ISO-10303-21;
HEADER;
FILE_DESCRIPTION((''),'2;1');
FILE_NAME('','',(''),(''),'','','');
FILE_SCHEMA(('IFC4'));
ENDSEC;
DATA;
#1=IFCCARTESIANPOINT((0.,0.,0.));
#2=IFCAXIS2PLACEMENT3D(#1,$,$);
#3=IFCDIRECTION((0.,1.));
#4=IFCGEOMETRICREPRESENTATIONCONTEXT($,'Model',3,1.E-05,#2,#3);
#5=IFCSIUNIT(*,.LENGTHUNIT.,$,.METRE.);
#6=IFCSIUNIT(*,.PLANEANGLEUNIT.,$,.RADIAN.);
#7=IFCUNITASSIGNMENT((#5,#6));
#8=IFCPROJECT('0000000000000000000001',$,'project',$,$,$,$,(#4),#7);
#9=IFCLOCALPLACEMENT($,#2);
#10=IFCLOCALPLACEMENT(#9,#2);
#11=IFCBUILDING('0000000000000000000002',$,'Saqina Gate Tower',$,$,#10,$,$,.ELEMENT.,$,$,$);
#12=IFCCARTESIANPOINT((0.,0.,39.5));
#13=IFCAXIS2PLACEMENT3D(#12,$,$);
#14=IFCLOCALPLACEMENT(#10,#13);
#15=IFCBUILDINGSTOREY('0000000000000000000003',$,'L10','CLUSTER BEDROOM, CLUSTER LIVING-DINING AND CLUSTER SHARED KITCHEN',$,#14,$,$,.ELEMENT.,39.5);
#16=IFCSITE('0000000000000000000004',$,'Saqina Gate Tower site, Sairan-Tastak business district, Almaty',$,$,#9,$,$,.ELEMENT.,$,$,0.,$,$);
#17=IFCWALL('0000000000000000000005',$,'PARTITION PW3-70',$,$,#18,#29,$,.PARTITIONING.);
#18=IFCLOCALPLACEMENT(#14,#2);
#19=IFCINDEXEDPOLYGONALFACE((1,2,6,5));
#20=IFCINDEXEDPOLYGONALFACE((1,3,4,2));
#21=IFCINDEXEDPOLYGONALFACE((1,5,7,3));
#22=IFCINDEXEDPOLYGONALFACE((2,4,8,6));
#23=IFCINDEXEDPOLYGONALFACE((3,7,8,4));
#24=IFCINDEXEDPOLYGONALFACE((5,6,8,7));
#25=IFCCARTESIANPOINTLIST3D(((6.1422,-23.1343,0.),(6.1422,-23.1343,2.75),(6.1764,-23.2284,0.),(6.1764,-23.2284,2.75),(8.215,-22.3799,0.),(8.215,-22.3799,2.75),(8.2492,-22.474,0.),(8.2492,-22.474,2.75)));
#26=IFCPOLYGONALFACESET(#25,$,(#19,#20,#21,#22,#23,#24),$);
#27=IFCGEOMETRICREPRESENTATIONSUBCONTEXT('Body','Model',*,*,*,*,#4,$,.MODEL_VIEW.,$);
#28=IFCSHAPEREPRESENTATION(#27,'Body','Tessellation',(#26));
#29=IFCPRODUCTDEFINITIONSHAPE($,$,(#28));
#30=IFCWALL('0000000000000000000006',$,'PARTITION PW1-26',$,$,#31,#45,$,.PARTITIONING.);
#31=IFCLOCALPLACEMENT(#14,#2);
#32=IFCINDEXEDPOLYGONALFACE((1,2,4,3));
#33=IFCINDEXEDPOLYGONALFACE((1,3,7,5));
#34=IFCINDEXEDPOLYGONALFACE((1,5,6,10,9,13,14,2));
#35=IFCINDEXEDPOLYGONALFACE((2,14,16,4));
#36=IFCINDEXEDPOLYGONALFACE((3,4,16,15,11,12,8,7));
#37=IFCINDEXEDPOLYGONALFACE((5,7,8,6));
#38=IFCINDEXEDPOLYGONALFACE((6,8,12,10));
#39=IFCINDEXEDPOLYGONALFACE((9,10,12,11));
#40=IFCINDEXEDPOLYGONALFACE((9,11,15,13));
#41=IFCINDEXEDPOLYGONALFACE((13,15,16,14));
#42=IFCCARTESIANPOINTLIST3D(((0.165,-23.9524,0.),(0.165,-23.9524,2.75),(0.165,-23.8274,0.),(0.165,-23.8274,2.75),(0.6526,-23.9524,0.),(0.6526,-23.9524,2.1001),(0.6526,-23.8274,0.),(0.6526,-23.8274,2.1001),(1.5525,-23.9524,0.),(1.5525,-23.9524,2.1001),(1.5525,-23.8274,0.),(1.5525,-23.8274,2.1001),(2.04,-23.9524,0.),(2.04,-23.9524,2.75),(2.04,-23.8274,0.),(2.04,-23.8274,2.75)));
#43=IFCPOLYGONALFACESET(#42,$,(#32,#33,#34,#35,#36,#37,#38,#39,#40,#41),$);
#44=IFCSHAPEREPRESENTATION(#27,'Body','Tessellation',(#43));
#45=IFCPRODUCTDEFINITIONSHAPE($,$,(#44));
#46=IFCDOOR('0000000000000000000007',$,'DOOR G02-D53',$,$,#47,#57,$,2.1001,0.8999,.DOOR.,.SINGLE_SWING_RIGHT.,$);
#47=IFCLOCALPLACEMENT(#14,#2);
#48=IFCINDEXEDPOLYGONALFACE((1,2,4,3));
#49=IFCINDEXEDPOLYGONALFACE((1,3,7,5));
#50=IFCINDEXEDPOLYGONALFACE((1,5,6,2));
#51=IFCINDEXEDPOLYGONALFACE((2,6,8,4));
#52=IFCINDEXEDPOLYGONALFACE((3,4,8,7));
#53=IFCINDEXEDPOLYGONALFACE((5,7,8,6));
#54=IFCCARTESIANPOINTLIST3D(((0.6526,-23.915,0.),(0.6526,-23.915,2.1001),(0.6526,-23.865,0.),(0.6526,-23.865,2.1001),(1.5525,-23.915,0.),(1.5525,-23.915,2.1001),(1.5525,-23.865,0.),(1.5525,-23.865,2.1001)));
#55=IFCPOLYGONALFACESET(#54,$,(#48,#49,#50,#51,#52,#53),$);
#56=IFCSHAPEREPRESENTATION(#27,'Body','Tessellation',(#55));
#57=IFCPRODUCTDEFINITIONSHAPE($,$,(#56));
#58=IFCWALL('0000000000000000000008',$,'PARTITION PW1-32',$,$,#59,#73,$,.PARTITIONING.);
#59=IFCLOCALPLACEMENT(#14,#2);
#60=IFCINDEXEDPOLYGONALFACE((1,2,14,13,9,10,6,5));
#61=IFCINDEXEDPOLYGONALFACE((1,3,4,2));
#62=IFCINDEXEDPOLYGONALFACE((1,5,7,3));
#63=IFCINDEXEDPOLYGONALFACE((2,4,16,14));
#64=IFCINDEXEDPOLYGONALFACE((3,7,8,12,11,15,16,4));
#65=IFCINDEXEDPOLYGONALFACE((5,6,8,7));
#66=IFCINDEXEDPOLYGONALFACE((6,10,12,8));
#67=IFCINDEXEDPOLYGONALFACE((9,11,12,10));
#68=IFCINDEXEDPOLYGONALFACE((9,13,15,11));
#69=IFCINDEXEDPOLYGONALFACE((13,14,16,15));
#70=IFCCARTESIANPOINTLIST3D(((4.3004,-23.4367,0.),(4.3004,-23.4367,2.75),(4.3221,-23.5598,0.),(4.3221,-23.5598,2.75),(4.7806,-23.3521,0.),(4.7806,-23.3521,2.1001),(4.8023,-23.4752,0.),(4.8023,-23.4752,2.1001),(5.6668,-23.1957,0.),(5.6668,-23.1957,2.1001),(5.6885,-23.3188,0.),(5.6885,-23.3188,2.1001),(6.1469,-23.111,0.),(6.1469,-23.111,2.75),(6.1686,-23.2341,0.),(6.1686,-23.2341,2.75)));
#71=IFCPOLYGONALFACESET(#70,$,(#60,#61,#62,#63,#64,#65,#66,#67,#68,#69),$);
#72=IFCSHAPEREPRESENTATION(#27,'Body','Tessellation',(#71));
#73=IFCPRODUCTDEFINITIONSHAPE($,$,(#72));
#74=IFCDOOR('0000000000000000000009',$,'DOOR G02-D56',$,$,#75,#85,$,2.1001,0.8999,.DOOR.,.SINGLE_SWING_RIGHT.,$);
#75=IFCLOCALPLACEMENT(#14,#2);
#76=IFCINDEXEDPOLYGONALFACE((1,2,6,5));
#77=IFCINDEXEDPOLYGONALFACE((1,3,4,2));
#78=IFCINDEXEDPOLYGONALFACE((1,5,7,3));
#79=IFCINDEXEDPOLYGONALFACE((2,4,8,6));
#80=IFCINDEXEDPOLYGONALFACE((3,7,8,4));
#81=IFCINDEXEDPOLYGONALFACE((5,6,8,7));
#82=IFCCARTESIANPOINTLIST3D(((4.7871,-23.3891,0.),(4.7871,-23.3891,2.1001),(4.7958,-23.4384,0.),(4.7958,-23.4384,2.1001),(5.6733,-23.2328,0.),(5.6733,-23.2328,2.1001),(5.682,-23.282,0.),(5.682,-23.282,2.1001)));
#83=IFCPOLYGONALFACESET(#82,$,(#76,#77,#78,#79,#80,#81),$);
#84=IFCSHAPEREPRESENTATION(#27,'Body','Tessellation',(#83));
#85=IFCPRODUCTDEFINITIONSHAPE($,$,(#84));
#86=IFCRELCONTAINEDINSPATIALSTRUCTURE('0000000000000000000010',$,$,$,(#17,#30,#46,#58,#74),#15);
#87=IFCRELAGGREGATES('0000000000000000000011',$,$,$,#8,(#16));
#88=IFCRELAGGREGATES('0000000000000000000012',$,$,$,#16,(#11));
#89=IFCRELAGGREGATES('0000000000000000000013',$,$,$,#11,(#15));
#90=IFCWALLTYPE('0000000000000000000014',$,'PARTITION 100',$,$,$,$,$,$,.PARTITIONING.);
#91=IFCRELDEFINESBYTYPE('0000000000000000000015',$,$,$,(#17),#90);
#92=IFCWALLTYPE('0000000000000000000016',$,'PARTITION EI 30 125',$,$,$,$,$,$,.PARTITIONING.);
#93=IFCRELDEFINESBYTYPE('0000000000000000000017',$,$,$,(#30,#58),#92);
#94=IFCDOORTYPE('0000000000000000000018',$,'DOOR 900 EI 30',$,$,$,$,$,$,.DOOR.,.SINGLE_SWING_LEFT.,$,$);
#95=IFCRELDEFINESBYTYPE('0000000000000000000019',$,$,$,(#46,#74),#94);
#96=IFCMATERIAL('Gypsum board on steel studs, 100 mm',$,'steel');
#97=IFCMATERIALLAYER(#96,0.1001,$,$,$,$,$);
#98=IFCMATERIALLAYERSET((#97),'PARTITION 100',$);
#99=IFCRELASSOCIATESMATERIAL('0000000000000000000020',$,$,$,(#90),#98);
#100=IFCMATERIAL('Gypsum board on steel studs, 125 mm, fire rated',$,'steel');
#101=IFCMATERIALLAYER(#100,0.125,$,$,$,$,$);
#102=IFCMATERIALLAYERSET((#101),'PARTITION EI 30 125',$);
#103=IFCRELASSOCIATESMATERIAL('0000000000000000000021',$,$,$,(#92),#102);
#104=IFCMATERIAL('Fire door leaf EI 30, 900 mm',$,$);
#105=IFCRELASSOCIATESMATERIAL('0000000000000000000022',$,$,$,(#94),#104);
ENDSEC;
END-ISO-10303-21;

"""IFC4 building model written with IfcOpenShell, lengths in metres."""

from ifc_helpers import new_model, si_unit, direction, frame, frame_2d, origin, place, context, subcontext, project, spatial, rectangle, extrude, material, layer, layer_set, type_object, element, fill, save


model = new_model("IFC4")

# Units and contexts
model_context = context("Model", 3, precision=1e-05, world=origin(), true_north=direction((0.0, 1.0)))
body_context = subcontext(model_context, "Body", "Model", "MODEL_VIEW")
ifc_project = project(units=[si_unit("LENGTHUNIT", "METRE"), si_unit("PLANEANGLEUNIT", "RADIAN")], contexts=[model_context])

# Site, building, storey
site_placement = place(None, origin())
site = spatial("IfcSite", under=ifc_project, at=site_placement, Name="Saqina Gate Tower site, Sairan-Tastak business district, Almaty", CompositionType="ELEMENT", RefElevation=0.0)
building_placement = place(site_placement, origin())
building = spatial("IfcBuilding", under=site, at=building_placement, Name="Saqina Gate Tower", CompositionType="ELEMENT")
storey_placement = place(building_placement, frame((0.0, 0.0, 39.5)))
storey = spatial("IfcBuildingStorey", under=building, at=storey_placement, Name="L10", Description="CLUSTER BEDROOM, CLUSTER LIVING-DINING AND CLUSTER SHARED KITCHEN", CompositionType="ELEMENT", Elevation=39.5)

# Shared definitions
ifc_material_1 = material(Name="Gypsum board on steel studs, 100 mm", Category="steel")
ifc_layer_1 = layer(ifc_material_1, 0.1001)
ifc_layer_set_1 = layer_set([ifc_layer_1], Name="PARTITION 100")
wall_type_1 = type_object("IfcWallType", Name="PARTITION 100", PredefinedType="PARTITIONING", material=ifc_layer_set_1)

# Wall
wall_1_placement = place(storey_placement, frame((6.1592, -23.1814, 0.0), z_axis=(0.0, 0.0, 1.0), x_axis=(0.939696, 0.34201, 0.0)))
element("IfcWall", 1, at=wall_1_placement, inside=storey, type_object=wall_type_1, Name="PARTITION PW3-70", PredefinedType="PARTITIONING", context=body_context, shape_type="SweptSolid", body=[
    extrude(rectangle(XDim=2.2058, YDim=0.1001, at=frame_2d((1.103, 0.0))), origin(), (0.0, 0.0, 1.0), 2.75),
])

# Walls, openings, doors
ifc_material_2 = material(Name="Gypsum board on steel studs, 125 mm, fire rated", Category="steel")
ifc_layer_2 = layer(ifc_material_2, 0.125)
ifc_layer_set_2 = layer_set([ifc_layer_2], Name="PARTITION EI 30 125")
wall_type_2 = type_object("IfcWallType", Name="PARTITION EI 30 125", PredefinedType="PARTITIONING", material=ifc_layer_set_2)
wall_2_placement = place(storey_placement, frame((0.165, -23.8899, 0.0), z_axis=(0.0, 0.0, 1.0), x_axis=(1.0, 0.0, 0.0)))
wall_2 = element("IfcWall", 2, at=wall_2_placement, inside=storey, type_object=wall_type_2, Name="PARTITION PW1-26", PredefinedType="PARTITIONING", context=body_context, shape_type="SweptSolid", body=[
    extrude(rectangle(XDim=1.875, YDim=0.125, at=frame_2d((0.9375, 0.0))), origin(), (0.0, 0.0, 1.0), 2.75),
])
opening_1_placement = place(wall_2_placement, frame((0.4875, 0.0, 0.0)))
opening_1 = element("IfcOpeningElement", 3, at=opening_1_placement, cuts=wall_2, PredefinedType="OPENING", context=body_context, shape_type="SweptSolid", body=[
    extrude(rectangle(XDim=0.8999, YDim=2.1001, at=frame_2d((0.45, 1.05))), frame((0.0, 0.0745, 0.0), z_axis=(0.0, -1.0, 0.0), x_axis=(1.0, 0.0, 0.0)), (0.0, 0.0, 1.0), 0.1489),
])
ifc_material_3 = material(Name="Fire door leaf EI 30, 900 mm")
door_type_1 = type_object("IfcDoorType", Name="DOOR 900 EI 30", OperationType="SINGLE_SWING_LEFT", PredefinedType="DOOR", material=ifc_material_3)
door_1_placement = place(opening_1_placement, origin())
door_1 = element("IfcDoor", 4, at=door_1_placement, inside=storey, type_object=door_type_1, Name="DOOR G02-D53", OperationType="SINGLE_SWING_RIGHT", OverallHeight=2.1001, OverallWidth=0.8999, PredefinedType="DOOR", context=body_context, shape_type="SweptSolid", body=[
    extrude(rectangle(XDim=0.8999, YDim=2.1001, at=frame_2d((0.45, 1.05))), frame((0.0, 0.0249, 0.0), z_axis=(0.0, -1.0, 0.0), x_axis=(1.0, 0.0, 0.0)), (0.0, 0.0, 1.0), 0.05),
])
fill(opening_1, door_1)
wall_3_placement = place(storey_placement, frame((4.3113, -23.4983, 0.0), z_axis=(0.0, 0.0, 1.0), x_axis=(0.984798, 0.173704, 0.0)))
wall_3 = element("IfcWall", 5, at=wall_3_placement, inside=storey, type_object=wall_type_2, Name="PARTITION PW1-32", PredefinedType="PARTITIONING", context=body_context, shape_type="SweptSolid", body=[
    extrude(rectangle(XDim=1.875, YDim=0.125, at=frame_2d((0.9375, 0.0))), origin(), (0.0, 0.0, 1.0), 2.75),
])
opening_2_placement = place(wall_3_placement, frame((0.4875, 0.0, 0.0)))
opening_2 = element("IfcOpeningElement", 6, at=opening_2_placement, cuts=wall_3, PredefinedType="OPENING", context=body_context, shape_type="SweptSolid", body=[
    extrude(rectangle(XDim=0.8999, YDim=2.1001, at=frame_2d((0.45, 1.05))), frame((0.0, 0.0745, 0.0), z_axis=(0.0, -1.0, 0.0), x_axis=(1.0, 0.0, 0.0)), (0.0, 0.0, 1.0), 0.1489),
])
door_2_placement = place(opening_2_placement, origin())
door_2 = element("IfcDoor", 7, at=door_2_placement, inside=storey, type_object=door_type_1, Name="DOOR G02-D56", OperationType="SINGLE_SWING_RIGHT", OverallHeight=2.1001, OverallWidth=0.8999, PredefinedType="DOOR", context=body_context, shape_type="SweptSolid", body=[
    extrude(rectangle(XDim=0.8999, YDim=2.1001, at=frame_2d((0.45, 1.05))), frame((0.0, 0.0249, 0.0), z_axis=(0.0, -1.0, 0.0), x_axis=(1.0, 0.0, 0.0)), (0.0, 0.0, 1.0), 0.05),
])
fill(opening_2, door_2)

save(model, "model.ifc")
